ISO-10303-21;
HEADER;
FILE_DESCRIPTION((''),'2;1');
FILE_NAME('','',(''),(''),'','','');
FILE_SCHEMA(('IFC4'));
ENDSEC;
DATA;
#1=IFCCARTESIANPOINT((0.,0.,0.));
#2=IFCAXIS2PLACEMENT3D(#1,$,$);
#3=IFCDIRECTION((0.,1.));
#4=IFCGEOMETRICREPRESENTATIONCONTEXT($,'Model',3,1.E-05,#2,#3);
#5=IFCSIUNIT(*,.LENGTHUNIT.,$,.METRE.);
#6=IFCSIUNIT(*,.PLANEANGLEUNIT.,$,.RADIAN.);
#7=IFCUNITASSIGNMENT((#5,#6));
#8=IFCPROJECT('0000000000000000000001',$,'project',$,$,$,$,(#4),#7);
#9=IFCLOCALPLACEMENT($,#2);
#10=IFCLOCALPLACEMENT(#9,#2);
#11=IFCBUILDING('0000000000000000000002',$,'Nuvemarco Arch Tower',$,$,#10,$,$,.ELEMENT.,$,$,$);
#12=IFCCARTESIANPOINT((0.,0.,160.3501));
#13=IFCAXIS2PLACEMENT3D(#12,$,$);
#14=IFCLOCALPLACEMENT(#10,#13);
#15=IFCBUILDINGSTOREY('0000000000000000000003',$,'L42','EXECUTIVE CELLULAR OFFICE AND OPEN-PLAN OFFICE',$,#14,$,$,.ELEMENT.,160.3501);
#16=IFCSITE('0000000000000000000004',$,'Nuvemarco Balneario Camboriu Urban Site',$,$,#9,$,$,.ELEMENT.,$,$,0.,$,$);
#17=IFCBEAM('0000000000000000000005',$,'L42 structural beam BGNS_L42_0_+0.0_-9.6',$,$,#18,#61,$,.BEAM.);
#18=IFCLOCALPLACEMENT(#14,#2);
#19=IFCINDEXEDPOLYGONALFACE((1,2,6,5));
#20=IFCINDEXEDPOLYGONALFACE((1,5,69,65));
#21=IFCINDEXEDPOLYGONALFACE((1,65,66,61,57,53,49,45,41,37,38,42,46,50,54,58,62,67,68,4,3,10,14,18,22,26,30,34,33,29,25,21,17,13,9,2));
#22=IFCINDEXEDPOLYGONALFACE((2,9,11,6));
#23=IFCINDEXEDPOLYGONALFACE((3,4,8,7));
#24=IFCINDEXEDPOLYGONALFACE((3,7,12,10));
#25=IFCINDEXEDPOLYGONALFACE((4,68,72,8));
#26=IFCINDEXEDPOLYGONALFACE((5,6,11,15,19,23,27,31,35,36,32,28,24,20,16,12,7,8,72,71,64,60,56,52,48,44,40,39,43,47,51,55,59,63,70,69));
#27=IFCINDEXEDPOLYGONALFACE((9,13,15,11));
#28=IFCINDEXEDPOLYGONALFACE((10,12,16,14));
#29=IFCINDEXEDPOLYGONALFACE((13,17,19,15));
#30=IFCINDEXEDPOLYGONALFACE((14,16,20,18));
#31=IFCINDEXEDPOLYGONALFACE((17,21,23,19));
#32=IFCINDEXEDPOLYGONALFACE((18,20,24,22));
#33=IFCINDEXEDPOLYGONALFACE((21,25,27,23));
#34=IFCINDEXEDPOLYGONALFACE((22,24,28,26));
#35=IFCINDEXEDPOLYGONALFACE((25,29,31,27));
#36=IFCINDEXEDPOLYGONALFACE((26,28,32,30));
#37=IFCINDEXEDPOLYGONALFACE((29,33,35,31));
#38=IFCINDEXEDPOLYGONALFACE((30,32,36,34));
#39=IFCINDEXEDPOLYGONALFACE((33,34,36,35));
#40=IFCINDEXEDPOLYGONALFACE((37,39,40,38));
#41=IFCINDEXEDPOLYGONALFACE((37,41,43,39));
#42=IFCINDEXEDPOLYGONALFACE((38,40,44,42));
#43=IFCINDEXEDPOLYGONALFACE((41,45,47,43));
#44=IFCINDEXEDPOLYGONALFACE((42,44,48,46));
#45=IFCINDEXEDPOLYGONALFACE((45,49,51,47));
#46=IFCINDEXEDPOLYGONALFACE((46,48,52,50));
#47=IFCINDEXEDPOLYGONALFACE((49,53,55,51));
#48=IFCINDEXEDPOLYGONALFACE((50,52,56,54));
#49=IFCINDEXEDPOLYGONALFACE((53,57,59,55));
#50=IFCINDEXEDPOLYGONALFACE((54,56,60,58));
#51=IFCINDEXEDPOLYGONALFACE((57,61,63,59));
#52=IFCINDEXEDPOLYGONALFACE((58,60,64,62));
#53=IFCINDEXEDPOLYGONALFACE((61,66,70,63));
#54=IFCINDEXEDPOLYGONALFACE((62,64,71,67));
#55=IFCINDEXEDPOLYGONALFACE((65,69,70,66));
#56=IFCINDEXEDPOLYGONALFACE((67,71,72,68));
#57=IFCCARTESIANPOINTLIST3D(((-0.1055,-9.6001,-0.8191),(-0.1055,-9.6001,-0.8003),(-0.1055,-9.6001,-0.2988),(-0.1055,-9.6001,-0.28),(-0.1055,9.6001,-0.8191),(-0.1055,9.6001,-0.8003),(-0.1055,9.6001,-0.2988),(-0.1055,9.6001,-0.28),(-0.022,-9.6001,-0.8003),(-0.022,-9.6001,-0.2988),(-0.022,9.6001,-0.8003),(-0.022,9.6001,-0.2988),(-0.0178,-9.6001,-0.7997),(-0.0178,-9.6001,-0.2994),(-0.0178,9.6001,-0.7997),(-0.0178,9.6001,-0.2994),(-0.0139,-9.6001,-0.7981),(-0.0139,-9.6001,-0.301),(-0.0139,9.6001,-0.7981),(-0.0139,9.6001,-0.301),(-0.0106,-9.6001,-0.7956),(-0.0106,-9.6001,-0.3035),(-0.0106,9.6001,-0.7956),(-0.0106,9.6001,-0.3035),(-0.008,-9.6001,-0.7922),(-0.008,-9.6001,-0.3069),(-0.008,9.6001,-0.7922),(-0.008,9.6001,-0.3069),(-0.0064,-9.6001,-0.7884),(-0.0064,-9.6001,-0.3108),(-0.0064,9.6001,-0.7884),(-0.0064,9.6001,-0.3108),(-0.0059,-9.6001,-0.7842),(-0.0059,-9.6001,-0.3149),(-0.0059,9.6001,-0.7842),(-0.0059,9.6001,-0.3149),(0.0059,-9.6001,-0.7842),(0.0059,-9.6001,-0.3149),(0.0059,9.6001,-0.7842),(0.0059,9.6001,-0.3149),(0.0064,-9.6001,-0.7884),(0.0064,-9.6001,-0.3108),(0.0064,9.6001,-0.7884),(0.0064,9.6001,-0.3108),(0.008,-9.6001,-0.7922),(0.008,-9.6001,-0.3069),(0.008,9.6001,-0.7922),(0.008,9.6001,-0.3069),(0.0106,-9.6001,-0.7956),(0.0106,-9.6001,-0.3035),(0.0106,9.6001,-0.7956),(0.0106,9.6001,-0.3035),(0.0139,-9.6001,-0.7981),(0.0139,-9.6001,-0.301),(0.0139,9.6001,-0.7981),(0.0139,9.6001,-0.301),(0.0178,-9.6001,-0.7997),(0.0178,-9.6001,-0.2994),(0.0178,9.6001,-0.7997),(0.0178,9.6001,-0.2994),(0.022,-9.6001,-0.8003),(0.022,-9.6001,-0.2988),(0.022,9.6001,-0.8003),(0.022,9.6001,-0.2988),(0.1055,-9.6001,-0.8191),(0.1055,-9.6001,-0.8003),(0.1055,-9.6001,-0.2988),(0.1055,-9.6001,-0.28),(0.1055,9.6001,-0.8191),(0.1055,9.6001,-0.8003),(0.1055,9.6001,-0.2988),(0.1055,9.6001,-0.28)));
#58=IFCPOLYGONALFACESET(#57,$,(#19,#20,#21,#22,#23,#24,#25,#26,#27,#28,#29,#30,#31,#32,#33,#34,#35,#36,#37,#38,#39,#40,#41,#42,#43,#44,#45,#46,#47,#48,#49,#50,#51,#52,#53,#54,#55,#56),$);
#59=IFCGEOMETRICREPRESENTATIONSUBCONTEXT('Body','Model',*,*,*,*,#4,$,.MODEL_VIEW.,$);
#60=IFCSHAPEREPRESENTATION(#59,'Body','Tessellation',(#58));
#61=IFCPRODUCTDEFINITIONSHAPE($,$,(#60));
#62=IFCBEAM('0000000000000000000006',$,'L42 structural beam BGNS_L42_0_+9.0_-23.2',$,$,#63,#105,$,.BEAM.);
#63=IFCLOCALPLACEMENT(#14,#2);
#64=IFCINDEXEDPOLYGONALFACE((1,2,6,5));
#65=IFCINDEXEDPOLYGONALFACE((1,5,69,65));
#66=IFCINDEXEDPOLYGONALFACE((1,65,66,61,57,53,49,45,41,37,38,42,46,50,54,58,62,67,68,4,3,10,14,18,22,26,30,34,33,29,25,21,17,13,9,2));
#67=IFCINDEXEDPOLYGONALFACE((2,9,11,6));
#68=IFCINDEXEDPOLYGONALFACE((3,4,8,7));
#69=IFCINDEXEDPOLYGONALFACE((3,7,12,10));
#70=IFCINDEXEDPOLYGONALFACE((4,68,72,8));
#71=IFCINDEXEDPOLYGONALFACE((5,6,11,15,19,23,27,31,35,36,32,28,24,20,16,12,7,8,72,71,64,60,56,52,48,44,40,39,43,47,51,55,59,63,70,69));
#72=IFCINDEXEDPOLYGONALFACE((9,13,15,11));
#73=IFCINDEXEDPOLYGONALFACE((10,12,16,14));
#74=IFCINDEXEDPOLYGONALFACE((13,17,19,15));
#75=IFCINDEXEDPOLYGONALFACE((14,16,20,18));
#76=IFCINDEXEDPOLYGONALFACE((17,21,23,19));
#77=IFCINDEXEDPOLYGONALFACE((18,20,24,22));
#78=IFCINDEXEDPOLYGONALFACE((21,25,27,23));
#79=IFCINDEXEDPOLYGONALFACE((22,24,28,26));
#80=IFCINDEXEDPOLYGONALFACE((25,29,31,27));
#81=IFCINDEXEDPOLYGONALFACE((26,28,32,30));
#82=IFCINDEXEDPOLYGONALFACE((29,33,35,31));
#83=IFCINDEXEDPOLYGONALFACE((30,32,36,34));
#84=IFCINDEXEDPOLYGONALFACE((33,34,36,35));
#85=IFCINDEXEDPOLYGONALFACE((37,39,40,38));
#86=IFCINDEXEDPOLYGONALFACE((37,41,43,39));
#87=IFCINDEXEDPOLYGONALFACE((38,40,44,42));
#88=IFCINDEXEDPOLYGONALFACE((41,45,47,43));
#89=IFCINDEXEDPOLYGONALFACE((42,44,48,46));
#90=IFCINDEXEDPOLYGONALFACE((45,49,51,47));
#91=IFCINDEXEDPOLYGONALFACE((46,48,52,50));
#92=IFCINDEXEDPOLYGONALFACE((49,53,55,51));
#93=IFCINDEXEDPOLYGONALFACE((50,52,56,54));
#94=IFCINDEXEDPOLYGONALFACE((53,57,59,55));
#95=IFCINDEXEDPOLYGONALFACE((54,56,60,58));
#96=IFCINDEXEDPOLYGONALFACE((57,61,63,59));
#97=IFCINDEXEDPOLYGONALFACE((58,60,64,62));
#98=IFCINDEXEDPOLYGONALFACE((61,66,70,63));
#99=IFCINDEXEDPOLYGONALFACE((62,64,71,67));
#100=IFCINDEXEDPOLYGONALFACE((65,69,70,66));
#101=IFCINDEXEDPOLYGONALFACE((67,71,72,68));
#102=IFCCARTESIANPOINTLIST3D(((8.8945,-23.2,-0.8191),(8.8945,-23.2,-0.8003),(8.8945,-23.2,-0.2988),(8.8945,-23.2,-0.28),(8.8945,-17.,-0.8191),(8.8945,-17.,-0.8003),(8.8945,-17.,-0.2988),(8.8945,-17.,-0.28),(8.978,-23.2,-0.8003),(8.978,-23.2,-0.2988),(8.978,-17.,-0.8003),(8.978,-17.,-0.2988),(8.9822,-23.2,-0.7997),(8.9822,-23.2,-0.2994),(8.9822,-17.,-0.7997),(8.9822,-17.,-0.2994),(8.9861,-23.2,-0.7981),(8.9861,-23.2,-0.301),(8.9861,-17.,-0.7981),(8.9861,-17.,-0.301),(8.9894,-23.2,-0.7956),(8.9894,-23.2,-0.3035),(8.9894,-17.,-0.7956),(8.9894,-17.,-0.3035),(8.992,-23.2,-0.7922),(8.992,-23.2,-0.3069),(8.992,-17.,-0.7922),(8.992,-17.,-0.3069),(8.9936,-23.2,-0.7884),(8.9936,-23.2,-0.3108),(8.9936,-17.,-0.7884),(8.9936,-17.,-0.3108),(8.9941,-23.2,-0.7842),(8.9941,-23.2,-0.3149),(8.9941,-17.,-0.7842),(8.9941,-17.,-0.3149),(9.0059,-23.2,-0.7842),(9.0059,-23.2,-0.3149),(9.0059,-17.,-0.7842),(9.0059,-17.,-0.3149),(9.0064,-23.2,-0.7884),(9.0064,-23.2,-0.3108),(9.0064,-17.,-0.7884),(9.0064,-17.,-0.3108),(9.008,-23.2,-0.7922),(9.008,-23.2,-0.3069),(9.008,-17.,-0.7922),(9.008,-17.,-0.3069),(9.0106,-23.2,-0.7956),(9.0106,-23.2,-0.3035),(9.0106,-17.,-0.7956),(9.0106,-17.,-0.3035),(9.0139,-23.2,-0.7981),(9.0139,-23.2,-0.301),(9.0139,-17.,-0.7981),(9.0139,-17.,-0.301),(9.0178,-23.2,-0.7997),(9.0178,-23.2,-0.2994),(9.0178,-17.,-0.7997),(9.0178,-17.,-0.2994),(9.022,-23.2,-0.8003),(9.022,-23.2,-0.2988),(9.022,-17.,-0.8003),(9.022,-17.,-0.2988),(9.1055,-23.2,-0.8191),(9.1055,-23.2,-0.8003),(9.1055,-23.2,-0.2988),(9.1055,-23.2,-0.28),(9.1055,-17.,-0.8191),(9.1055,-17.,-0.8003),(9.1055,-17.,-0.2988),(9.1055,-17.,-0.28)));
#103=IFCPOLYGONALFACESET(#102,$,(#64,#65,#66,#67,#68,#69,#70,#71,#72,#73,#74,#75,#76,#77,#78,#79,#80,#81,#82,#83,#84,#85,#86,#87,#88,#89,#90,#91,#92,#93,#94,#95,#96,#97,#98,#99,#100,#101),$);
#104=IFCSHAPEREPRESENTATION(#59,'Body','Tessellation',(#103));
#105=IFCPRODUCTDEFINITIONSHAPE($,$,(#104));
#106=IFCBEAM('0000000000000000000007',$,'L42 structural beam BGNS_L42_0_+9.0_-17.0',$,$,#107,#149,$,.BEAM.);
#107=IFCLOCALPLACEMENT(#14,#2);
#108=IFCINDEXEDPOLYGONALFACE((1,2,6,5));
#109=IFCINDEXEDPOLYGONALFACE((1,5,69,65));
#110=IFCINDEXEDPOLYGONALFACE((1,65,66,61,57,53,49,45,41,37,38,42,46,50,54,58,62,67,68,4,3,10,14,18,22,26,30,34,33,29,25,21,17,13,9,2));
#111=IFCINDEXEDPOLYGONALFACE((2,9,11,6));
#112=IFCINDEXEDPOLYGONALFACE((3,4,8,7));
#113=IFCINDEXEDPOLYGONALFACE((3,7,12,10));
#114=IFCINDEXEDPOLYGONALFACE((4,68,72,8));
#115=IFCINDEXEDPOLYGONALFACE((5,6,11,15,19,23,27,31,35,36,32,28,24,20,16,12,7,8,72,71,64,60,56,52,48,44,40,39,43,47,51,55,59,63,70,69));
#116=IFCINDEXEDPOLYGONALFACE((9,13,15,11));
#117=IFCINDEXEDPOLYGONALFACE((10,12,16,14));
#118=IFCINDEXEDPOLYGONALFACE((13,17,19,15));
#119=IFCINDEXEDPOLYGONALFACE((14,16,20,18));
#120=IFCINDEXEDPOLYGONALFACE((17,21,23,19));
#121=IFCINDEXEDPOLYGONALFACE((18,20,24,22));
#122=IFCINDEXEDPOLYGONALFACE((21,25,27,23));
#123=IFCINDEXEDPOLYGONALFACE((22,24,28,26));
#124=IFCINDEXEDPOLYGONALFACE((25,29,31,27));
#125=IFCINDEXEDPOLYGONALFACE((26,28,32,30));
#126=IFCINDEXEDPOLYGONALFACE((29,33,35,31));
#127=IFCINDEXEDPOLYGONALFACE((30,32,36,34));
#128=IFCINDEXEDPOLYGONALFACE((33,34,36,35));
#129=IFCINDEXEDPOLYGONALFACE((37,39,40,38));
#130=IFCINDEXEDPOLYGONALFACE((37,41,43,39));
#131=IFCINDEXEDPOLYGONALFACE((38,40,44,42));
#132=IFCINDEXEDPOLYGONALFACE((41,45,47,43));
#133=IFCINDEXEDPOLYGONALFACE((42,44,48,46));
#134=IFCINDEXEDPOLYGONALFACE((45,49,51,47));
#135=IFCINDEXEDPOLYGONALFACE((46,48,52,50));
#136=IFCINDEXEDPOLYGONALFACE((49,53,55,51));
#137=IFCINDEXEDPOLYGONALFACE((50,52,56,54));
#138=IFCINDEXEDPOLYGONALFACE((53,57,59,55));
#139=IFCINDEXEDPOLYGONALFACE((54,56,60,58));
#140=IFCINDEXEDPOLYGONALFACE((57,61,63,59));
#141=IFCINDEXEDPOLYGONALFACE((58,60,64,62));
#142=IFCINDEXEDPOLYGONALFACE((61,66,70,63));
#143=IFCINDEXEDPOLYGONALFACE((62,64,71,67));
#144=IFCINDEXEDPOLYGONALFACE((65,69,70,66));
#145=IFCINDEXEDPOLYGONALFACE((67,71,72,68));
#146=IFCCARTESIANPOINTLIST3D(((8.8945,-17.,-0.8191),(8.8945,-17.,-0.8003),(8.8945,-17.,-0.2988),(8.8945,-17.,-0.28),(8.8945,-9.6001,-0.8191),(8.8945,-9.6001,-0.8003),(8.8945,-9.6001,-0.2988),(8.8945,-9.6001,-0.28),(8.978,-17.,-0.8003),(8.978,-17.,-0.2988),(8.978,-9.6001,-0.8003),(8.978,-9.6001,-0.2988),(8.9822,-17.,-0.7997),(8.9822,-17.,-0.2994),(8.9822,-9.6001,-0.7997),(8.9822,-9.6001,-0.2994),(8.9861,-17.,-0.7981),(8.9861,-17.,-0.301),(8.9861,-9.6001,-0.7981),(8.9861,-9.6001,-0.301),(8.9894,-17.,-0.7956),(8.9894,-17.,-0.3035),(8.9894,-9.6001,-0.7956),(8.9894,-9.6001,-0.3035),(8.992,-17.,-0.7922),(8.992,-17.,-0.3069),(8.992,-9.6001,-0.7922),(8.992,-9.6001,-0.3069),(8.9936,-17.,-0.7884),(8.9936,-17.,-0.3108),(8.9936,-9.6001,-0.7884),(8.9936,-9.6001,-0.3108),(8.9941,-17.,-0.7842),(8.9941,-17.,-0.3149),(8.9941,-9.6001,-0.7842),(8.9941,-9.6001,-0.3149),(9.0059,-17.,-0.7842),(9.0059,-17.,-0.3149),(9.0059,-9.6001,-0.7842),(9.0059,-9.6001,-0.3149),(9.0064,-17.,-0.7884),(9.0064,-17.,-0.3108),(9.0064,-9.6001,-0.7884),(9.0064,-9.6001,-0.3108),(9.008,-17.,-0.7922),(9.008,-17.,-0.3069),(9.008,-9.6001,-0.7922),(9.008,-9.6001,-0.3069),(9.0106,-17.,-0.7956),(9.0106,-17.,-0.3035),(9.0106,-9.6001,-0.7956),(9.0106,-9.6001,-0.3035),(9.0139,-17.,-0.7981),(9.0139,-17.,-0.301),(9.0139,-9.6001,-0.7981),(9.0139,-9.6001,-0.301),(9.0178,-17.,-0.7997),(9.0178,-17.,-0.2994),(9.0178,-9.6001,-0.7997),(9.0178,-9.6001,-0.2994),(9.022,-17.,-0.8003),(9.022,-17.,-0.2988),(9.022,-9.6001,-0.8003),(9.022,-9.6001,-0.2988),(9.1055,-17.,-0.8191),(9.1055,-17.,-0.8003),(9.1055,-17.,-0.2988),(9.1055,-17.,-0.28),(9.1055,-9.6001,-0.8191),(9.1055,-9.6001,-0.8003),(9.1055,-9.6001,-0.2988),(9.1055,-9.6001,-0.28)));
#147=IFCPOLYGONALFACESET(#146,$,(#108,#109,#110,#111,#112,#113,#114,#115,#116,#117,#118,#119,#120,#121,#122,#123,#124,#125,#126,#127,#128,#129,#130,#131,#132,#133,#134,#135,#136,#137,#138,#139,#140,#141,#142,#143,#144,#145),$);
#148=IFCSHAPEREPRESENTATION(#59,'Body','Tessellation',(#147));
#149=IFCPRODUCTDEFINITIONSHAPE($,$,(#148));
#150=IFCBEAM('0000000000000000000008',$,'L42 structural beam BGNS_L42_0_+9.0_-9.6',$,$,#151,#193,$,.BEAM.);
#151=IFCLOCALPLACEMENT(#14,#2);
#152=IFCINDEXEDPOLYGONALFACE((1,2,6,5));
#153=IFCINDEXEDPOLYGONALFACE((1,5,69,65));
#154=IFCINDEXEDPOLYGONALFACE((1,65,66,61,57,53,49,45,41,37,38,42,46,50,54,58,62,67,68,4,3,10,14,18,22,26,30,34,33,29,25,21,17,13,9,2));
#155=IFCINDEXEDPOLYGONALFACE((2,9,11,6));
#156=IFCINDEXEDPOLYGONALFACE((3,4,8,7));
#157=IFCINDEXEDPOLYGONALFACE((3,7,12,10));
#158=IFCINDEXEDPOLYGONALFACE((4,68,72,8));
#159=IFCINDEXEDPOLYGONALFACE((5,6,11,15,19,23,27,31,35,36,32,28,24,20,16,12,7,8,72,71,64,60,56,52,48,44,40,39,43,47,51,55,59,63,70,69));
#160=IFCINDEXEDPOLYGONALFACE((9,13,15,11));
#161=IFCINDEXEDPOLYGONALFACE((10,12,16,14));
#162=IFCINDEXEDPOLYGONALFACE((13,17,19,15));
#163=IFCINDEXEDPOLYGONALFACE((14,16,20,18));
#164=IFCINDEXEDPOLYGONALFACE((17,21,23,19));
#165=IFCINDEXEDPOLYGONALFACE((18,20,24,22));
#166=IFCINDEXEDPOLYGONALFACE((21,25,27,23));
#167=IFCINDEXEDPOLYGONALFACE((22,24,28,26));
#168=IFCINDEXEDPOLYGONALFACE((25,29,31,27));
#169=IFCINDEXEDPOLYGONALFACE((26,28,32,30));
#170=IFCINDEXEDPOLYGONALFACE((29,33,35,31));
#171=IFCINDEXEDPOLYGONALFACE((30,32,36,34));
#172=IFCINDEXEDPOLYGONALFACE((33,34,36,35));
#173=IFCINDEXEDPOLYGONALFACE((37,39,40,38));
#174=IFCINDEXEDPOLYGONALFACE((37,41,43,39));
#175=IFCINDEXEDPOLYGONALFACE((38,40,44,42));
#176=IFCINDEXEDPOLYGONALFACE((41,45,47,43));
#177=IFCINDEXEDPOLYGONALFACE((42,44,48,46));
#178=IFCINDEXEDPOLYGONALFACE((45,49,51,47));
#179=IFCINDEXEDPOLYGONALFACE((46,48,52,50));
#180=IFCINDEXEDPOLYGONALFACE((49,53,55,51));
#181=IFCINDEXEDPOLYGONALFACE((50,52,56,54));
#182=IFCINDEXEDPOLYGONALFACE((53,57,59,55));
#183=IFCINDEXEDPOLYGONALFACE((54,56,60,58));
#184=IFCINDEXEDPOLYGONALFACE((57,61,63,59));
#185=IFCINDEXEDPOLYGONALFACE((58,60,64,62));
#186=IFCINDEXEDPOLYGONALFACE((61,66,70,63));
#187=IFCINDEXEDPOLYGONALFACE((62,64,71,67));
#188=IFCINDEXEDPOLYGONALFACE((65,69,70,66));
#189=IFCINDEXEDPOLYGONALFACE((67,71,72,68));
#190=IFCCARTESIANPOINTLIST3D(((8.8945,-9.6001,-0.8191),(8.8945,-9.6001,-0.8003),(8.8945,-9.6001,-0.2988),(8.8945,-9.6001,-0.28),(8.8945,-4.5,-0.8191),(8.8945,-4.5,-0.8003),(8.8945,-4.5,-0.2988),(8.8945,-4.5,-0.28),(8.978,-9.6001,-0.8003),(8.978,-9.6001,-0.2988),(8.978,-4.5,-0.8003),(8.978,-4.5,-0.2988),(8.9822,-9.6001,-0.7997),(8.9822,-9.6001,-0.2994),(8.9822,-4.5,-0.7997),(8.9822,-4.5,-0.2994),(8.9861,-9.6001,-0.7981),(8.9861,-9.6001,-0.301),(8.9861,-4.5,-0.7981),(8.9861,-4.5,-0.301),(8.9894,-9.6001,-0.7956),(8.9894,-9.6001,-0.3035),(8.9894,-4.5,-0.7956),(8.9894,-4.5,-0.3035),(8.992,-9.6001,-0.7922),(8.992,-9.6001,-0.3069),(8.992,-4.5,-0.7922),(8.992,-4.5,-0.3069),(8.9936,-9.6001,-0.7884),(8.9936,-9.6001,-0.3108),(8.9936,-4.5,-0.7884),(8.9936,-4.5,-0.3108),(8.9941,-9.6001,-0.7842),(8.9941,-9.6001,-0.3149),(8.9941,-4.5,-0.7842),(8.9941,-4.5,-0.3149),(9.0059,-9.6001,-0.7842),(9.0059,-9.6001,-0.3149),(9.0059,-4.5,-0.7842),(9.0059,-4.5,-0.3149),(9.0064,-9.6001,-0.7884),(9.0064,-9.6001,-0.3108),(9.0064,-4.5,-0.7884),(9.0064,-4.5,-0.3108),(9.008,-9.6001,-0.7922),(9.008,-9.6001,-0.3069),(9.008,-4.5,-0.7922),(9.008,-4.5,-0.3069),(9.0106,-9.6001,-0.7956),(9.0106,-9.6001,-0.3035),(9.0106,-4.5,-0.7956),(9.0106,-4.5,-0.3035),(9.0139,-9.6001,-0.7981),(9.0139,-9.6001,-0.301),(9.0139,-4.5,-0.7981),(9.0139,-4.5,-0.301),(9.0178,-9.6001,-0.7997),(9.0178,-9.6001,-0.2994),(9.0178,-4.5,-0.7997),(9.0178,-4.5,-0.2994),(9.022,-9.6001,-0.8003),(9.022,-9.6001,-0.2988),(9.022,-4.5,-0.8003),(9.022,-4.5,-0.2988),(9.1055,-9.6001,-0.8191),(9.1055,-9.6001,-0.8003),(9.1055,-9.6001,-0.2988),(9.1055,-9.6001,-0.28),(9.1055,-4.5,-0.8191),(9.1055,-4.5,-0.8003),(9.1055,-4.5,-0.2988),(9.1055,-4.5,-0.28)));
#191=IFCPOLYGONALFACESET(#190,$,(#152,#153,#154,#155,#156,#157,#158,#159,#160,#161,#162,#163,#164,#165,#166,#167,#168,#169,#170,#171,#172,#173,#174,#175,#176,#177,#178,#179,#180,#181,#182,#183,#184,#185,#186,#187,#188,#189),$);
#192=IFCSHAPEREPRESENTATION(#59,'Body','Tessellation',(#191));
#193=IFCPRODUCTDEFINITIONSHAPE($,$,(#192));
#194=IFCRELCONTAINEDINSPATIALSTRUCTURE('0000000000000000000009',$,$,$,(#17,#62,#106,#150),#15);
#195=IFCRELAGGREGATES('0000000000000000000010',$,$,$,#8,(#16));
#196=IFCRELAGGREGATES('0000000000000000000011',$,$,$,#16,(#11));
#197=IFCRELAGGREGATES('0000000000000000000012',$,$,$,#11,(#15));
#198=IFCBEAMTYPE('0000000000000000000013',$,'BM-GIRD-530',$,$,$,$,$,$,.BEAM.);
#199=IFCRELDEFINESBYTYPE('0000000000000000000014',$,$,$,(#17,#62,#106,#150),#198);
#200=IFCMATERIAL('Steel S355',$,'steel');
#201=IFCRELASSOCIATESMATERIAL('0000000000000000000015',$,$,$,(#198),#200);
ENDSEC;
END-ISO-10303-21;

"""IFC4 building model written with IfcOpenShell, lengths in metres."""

from ifc_helpers import new_model, si_unit, direction, frame, origin, origin_2d, place, context, subcontext, project, spatial, i_section, extrude, material, material_profile, profile_set, type_object, element, save


model = new_model("IFC4")

# Units and contexts
model_context = context("Model", 3, precision=1e-05, world=origin(), true_north=direction((0.0, 1.0)))
body_context = subcontext(model_context, "Body", "Model", "MODEL_VIEW")
ifc_project = project(units=[si_unit("LENGTHUNIT", "METRE"), si_unit("PLANEANGLEUNIT", "RADIAN")], contexts=[model_context])

# Site, building, storey
site_placement = place(None, origin())
site = spatial("IfcSite", under=ifc_project, at=site_placement, Name="Nuvemarco Balneario Camboriu Urban Site", CompositionType="ELEMENT", RefElevation=0.0)
building_placement = place(site_placement, origin())
building = spatial("IfcBuilding", under=site, at=building_placement, Name="Nuvemarco Arch Tower", CompositionType="ELEMENT")
storey_placement = place(building_placement, frame((0.0, 0.0, 160.3501)))
storey = spatial("IfcBuildingStorey", under=building, at=storey_placement, Name="L42", Description="EXECUTIVE CELLULAR OFFICE AND OPEN-PLAN OFFICE", CompositionType="ELEMENT", Elevation=160.3501)

# Shared definitions
ifc_material_1 = material(Name="Steel S355", Category="steel")

# Beams
ifc_material_profile_1 = material_profile(ifc_material_1, i_section(OverallWidth=0.2109, OverallDepth=0.5391, WebThickness=0.0117, FlangeThickness=0.0188, FilletRadius=0.0161, at=origin_2d()), Name="W530x109")
ifc_profile_set_1 = profile_set([ifc_material_profile_1], Name="Steel S355")
beam_type_1 = type_object("IfcBeamType", Name="BM-GIRD-530", PredefinedType="BEAM", material=ifc_profile_set_1)
beam_1_placement = place(storey_placement, frame((0.0, -9.6001, -0.5496), z_axis=(0.0, 1.0, 0.0), x_axis=(-1.0, 0.0, 0.0)))
element("IfcBeam", 1, at=beam_1_placement, inside=storey, type_object=beam_type_1, Name="L42 structural beam BGNS_L42_0_+0.0_-9.6", PredefinedType="BEAM", context=body_context, shape_type="SweptSolid", body=[
    extrude(i_section(OverallWidth=0.2109, OverallDepth=0.5391, WebThickness=0.0117, FlangeThickness=0.0188, FilletRadius=0.0161, at=origin_2d()), origin(), (0.0, 0.0, 1.0), 19.2002),
])
beam_2_placement = place(storey_placement, frame((9.0, -23.2, -0.5496), z_axis=(0.0, 1.0, 0.0), x_axis=(-1.0, 0.0, 0.0)))
element("IfcBeam", 2, at=beam_2_placement, inside=storey, type_object=beam_type_1, Name="L42 structural beam BGNS_L42_0_+9.0_-23.2", PredefinedType="BEAM", context=body_context, shape_type="SweptSolid", body=[
    extrude(i_section(OverallWidth=0.2109, OverallDepth=0.5391, WebThickness=0.0117, FlangeThickness=0.0188, FilletRadius=0.0161, at=origin_2d()), origin(), (0.0, 0.0, 1.0), 6.2),
])
beam_3_placement = place(storey_placement, frame((9.0, -17.0, -0.5496), z_axis=(0.0, 1.0, 0.0), x_axis=(-1.0, 0.0, 0.0)))
element("IfcBeam", 3, at=beam_3_placement, inside=storey, type_object=beam_type_1, Name="L42 structural beam BGNS_L42_0_+9.0_-17.0", PredefinedType="BEAM", context=body_context, shape_type="SweptSolid", body=[
    extrude(i_section(OverallWidth=0.2109, OverallDepth=0.5391, WebThickness=0.0117, FlangeThickness=0.0188, FilletRadius=0.0161, at=origin_2d()), origin(), (0.0, 0.0, 1.0), 7.3999),
])
beam_4_placement = place(storey_placement, frame((9.0, -9.6001, -0.5496), z_axis=(0.0, 1.0, 0.0), x_axis=(-1.0, 0.0, 0.0)))
element("IfcBeam", 4, at=beam_4_placement, inside=storey, type_object=beam_type_1, Name="L42 structural beam BGNS_L42_0_+9.0_-9.6", PredefinedType="BEAM", context=body_context, shape_type="SweptSolid", body=[
    extrude(i_section(OverallWidth=0.2109, OverallDepth=0.5391, WebThickness=0.0117, FlangeThickness=0.0188, FilletRadius=0.0161, at=origin_2d()), origin(), (0.0, 0.0, 1.0), 5.1001),
])

save(model, "model.ifc")
